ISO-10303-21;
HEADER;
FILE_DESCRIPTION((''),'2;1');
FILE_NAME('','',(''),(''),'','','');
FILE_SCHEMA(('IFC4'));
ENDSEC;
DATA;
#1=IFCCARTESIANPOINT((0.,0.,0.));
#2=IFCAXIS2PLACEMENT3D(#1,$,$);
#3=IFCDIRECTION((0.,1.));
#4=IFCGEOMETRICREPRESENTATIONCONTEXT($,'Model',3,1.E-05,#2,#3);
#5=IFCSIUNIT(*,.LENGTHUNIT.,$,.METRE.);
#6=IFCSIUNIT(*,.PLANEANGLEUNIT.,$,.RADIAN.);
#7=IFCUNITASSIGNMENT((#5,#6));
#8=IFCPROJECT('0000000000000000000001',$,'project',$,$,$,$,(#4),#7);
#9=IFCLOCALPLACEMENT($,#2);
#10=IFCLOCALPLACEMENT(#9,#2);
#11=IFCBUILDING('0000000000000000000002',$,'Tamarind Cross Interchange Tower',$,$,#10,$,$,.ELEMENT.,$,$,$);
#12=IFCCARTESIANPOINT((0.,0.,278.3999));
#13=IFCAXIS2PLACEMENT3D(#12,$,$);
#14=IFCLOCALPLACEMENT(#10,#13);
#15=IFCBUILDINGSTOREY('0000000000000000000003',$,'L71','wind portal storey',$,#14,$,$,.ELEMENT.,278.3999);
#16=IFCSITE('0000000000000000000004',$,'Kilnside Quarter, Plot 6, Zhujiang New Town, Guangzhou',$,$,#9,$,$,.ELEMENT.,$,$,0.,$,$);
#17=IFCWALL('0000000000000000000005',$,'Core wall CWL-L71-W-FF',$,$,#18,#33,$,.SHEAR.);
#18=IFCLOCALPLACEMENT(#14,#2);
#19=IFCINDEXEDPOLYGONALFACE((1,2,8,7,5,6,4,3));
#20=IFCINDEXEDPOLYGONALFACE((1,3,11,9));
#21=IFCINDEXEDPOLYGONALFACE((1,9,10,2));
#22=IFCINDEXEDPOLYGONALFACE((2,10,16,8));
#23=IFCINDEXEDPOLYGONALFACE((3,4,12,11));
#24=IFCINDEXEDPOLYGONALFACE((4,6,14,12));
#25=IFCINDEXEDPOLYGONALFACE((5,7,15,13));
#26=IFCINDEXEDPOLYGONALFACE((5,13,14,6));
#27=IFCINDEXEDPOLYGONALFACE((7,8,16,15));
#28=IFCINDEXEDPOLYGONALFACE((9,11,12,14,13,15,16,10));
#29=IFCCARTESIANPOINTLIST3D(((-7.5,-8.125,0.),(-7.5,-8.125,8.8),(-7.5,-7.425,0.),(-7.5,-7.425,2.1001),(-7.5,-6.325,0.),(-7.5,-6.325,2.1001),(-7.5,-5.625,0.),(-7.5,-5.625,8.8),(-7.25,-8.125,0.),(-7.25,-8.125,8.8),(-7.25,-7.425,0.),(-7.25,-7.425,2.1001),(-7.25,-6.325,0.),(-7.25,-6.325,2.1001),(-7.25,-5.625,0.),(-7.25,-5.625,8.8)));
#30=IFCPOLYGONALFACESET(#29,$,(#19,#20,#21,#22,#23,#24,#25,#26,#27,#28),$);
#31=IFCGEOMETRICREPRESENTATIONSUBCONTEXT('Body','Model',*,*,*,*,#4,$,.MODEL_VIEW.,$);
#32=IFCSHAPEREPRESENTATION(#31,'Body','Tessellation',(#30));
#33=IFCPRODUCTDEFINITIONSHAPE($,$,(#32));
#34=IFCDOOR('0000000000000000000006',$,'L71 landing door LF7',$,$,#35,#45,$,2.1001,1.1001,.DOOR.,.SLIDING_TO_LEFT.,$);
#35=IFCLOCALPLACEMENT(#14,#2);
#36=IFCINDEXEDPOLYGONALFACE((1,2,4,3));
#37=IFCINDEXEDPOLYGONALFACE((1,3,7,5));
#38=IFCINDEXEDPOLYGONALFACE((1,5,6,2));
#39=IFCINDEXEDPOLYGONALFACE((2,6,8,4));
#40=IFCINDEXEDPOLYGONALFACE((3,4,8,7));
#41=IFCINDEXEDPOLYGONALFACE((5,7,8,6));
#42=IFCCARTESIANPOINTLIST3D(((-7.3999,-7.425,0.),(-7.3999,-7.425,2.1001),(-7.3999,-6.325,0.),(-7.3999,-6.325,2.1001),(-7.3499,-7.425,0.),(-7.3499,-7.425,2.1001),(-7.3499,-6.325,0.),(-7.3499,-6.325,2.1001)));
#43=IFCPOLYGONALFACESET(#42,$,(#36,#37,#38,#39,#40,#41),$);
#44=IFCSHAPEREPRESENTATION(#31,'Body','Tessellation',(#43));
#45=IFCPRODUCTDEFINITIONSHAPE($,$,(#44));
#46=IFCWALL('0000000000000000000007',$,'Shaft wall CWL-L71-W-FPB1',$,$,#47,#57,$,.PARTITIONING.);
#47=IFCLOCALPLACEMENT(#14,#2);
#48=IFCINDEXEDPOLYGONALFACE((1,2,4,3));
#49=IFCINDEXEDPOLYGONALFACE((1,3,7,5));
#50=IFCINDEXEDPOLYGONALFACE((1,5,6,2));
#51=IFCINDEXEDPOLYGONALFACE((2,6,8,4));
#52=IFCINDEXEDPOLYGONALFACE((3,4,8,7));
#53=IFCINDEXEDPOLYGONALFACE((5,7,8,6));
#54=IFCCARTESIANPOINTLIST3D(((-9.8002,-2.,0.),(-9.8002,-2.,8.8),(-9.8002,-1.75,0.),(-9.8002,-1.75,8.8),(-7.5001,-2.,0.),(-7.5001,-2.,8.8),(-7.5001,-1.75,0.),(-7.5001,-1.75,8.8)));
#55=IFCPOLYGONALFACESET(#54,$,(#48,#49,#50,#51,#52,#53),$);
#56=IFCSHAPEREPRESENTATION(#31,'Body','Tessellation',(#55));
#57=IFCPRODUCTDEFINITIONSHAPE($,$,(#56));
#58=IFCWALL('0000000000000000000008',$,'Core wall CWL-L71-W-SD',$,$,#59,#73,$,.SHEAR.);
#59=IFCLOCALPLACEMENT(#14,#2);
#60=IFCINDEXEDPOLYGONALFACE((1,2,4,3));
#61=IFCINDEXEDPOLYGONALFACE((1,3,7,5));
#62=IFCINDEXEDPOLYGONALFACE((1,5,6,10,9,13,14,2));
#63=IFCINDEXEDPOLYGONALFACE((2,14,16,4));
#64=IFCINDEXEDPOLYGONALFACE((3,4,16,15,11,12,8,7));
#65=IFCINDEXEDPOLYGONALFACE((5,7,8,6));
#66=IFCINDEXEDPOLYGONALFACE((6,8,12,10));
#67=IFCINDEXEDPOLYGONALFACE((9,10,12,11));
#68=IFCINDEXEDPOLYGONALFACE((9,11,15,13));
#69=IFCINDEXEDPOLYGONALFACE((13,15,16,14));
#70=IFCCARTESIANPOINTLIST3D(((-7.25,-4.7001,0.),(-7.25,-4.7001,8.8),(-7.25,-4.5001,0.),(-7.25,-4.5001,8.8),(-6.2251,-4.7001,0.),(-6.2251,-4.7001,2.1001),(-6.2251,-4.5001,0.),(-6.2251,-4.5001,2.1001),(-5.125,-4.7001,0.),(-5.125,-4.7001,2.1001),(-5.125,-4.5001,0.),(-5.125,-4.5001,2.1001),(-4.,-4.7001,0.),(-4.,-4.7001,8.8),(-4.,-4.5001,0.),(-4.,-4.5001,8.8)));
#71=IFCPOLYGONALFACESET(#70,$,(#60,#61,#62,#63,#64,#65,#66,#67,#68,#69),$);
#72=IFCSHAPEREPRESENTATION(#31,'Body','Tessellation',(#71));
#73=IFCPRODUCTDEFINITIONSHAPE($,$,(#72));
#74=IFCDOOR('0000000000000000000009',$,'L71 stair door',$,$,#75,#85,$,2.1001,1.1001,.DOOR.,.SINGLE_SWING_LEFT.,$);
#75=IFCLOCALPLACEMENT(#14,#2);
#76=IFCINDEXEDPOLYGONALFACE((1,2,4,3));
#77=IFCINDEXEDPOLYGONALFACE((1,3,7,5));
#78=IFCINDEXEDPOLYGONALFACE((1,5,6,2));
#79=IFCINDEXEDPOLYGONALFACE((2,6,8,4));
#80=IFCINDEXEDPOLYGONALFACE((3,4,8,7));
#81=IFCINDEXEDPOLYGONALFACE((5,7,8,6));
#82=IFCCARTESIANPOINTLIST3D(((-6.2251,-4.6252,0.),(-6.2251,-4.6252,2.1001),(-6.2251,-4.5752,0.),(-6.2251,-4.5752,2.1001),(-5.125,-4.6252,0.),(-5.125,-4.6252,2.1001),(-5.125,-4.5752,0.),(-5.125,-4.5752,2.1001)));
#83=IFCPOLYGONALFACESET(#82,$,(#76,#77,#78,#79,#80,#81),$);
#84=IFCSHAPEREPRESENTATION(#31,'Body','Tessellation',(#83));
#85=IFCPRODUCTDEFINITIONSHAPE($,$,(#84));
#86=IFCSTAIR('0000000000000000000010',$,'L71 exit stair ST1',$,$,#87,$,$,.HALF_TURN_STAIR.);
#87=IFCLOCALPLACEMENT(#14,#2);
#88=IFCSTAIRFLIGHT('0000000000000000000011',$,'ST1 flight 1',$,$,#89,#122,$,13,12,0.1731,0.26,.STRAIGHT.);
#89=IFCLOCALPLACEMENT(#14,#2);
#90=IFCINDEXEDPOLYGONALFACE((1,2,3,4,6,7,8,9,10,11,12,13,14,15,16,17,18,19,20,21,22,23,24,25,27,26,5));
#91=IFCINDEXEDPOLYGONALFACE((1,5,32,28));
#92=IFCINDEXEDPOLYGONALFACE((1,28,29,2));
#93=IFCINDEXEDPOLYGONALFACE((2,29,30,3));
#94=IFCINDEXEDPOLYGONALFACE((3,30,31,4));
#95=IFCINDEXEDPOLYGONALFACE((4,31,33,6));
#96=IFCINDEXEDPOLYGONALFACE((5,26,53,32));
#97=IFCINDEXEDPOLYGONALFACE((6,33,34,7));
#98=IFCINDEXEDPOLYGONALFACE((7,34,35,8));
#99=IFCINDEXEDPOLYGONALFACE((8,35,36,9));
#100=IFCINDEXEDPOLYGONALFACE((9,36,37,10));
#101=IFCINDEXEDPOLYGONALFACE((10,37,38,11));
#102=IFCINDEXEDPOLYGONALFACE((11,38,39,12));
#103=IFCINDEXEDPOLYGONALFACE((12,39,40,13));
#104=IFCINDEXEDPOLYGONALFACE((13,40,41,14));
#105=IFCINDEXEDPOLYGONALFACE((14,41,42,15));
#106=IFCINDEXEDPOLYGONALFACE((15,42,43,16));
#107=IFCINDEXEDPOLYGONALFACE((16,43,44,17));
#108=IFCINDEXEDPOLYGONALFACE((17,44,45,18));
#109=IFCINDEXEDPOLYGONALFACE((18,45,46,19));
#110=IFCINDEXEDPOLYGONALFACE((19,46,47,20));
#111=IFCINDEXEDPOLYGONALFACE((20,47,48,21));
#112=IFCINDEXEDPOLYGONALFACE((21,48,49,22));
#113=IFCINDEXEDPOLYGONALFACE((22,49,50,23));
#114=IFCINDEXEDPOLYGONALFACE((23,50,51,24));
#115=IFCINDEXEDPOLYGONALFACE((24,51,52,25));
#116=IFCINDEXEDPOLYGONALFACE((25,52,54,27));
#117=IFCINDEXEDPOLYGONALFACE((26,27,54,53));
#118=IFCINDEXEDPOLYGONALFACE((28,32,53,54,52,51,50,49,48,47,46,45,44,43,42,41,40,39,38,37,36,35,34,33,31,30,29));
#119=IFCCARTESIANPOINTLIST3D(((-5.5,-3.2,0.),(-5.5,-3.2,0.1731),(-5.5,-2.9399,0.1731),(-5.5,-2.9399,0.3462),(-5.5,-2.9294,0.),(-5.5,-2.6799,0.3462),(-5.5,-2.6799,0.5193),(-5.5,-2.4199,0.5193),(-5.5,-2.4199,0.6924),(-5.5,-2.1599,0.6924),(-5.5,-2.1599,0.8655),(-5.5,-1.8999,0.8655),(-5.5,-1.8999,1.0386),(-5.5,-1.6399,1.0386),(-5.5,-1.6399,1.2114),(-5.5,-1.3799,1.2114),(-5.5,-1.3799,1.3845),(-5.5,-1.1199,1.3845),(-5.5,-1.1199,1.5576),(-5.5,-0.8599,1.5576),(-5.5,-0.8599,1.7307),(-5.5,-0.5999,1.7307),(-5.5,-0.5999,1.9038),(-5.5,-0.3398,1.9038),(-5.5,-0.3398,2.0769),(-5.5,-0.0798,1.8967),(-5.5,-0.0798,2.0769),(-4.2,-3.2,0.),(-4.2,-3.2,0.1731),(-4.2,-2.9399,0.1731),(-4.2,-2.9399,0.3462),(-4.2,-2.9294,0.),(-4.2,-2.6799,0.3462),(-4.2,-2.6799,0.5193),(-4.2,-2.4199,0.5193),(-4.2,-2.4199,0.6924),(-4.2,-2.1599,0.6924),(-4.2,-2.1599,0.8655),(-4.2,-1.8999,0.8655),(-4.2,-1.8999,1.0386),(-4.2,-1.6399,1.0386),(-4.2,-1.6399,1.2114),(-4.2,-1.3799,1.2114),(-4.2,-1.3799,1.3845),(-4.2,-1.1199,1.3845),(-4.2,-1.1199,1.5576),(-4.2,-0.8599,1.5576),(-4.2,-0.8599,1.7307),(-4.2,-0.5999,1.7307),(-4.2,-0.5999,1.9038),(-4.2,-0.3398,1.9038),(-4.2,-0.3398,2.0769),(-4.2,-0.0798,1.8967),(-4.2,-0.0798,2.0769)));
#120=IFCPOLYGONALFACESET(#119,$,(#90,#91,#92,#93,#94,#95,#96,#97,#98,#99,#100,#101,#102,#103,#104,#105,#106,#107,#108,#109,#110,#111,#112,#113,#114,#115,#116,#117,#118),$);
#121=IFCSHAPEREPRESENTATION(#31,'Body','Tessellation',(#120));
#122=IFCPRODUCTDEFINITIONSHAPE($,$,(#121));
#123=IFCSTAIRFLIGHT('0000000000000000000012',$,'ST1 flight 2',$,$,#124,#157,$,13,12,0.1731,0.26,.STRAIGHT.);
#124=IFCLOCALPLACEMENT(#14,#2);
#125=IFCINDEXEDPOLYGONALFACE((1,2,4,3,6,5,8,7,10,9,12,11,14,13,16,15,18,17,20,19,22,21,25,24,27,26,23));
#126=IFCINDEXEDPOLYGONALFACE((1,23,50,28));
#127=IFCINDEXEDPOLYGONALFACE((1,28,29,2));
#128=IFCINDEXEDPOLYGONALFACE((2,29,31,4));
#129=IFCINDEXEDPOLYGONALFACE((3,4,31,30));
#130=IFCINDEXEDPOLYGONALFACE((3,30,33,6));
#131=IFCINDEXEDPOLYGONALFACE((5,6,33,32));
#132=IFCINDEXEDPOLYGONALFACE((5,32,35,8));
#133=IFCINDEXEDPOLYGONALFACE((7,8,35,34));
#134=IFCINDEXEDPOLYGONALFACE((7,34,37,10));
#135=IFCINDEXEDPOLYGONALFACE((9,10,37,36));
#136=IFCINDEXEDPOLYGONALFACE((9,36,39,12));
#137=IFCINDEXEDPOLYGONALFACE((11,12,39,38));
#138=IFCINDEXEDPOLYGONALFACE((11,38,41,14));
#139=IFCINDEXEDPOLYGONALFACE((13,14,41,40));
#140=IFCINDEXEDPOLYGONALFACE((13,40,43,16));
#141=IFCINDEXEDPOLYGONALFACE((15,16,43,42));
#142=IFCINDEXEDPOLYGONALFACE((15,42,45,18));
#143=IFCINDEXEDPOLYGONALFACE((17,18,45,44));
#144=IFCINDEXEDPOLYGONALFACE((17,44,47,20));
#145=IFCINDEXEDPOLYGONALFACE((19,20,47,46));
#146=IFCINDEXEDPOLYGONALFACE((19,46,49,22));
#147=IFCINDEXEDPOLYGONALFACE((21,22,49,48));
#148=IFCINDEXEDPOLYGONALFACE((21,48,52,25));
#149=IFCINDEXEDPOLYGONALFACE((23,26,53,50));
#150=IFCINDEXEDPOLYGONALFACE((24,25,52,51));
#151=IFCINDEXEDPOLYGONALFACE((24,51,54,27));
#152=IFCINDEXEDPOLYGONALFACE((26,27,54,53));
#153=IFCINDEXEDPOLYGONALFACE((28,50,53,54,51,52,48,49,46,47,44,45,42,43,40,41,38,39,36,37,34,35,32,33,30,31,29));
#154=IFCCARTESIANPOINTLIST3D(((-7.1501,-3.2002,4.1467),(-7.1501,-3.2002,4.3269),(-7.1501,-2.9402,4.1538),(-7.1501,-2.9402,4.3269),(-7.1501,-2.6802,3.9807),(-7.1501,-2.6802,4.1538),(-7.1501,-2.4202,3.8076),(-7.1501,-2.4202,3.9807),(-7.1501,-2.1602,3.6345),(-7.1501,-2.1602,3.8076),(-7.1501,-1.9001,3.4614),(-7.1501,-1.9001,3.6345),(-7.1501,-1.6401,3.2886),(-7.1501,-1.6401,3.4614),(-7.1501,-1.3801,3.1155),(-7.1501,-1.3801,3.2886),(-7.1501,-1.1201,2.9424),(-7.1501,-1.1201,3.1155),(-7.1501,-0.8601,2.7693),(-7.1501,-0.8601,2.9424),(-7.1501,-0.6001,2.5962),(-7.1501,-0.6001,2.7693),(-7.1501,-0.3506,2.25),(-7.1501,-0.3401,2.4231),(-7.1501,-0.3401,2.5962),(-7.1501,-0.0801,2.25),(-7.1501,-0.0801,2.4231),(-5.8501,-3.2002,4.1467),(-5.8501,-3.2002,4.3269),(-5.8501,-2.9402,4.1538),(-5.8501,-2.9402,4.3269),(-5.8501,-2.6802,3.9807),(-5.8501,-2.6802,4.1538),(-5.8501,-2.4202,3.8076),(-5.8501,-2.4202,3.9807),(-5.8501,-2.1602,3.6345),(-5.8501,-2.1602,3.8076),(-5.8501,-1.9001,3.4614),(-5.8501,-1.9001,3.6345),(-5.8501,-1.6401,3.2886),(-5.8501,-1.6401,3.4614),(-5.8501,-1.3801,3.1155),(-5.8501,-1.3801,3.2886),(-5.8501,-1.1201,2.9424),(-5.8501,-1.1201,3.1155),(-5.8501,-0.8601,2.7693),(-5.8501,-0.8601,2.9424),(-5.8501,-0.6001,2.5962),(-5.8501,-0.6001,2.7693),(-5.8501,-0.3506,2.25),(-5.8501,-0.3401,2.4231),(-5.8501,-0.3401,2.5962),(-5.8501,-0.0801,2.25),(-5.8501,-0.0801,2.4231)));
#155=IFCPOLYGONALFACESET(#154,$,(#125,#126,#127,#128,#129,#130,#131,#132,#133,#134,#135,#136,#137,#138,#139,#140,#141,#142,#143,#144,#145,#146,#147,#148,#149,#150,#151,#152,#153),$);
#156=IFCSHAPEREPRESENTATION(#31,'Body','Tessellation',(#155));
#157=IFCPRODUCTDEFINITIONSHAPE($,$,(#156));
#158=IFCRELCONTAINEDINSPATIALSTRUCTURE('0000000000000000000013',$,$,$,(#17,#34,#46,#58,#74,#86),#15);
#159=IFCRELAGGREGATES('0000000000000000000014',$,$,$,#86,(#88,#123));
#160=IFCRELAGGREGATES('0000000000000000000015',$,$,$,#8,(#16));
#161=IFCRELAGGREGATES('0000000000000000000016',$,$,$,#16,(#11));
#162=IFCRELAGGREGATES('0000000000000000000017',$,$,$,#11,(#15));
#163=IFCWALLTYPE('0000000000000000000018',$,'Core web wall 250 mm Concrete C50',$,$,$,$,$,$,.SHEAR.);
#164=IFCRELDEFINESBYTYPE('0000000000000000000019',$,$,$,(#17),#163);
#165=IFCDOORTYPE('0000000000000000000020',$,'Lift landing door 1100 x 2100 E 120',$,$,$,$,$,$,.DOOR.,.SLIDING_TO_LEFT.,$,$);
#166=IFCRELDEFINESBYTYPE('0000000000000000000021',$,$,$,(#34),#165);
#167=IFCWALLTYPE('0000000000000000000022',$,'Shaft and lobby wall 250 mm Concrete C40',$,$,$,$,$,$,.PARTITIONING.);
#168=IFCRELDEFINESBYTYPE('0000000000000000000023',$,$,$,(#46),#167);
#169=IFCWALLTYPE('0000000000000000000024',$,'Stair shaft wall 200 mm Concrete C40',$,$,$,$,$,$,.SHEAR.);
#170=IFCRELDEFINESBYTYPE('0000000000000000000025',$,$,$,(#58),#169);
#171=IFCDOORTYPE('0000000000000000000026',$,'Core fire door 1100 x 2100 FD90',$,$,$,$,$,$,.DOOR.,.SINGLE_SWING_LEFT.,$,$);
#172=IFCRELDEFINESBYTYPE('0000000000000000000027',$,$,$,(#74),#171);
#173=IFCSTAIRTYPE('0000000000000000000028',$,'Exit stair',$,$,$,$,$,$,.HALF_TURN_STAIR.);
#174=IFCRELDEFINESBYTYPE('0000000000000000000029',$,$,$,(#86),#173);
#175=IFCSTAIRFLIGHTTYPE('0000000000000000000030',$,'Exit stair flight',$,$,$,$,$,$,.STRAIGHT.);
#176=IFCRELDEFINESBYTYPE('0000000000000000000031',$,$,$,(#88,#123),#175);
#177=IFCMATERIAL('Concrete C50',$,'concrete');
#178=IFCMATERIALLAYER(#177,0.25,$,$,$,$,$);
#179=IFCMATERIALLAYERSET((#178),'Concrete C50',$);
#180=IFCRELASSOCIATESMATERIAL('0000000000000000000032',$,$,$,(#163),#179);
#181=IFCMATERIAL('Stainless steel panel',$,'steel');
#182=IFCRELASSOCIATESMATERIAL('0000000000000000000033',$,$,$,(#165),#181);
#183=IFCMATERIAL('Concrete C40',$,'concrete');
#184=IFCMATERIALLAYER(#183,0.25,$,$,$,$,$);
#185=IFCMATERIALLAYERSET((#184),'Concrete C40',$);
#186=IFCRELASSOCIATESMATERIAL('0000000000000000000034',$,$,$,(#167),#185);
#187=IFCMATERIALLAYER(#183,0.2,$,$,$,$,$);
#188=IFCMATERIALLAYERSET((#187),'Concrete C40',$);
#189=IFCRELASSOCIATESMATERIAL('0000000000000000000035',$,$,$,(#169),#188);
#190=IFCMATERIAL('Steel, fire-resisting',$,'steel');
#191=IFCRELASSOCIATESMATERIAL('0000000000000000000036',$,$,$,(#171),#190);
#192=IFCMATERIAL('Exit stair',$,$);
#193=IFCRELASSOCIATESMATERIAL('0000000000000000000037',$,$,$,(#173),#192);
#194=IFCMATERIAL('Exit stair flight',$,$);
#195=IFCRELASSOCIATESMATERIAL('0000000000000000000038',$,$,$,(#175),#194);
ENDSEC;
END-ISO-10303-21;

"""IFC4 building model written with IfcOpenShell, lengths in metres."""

from ifc_helpers import new_model, si_unit, direction, frame, frame_2d, origin, place, context, subcontext, project, spatial, polyline, rectangle, outline, extrude, material, layer, layer_set, type_object, element, fill, aggregate, save


model = new_model("IFC4")

# Units and contexts
model_context = context("Model", 3, precision=1e-05, world=origin(), true_north=direction((0.0, 1.0)))
body_context = subcontext(model_context, "Body", "Model", "MODEL_VIEW")
ifc_project = project(units=[si_unit("LENGTHUNIT", "METRE"), si_unit("PLANEANGLEUNIT", "RADIAN")], contexts=[model_context])

# Site, building, storey
site_placement = place(None, origin())
site = spatial("IfcSite", under=ifc_project, at=site_placement, Name="Kilnside Quarter, Plot 6, Zhujiang New Town, Guangzhou", CompositionType="ELEMENT", RefElevation=0.0)
building_placement = place(site_placement, origin())
building = spatial("IfcBuilding", under=site, at=building_placement, Name="Tamarind Cross Interchange Tower", CompositionType="ELEMENT")
storey_placement = place(building_placement, frame((0.0, 0.0, 278.3999)))
storey = spatial("IfcBuildingStorey", under=building, at=storey_placement, Name="L71", Description="wind portal storey", CompositionType="ELEMENT", Elevation=278.3999)

# Shared definitions
ifc_material_1 = material(Name="Concrete C50", Category="concrete")
ifc_material_2 = material(Name="Steel, fire-resisting", Category="steel")

# Wall, opening, door
ifc_layer_1 = layer(ifc_material_1, 0.25)
ifc_layer_set_1 = layer_set([ifc_layer_1], Name="Concrete C50")
wall_type_1 = type_object("IfcWallType", Name="Core web wall 250 mm Concrete C50", PredefinedType="SHEAR", material=ifc_layer_set_1)
wall_1_placement = place(storey_placement, frame((-7.375, -8.125, 0.0), z_axis=(0.0, 0.0, 1.0), x_axis=(0.0, 1.0, 0.0)))
wall_1 = element("IfcWall", 1, at=wall_1_placement, inside=storey, type_object=wall_type_1, Name="Core wall CWL-L71-W-FF", PredefinedType="SHEAR", context=body_context, shape_type="SweptSolid", body=[
    extrude(rectangle(XDim=2.5, YDim=0.25, at=frame_2d((1.25, 0.0))), origin(), (0.0, 0.0, 1.0), 8.8),
])
opening_1_placement = place(wall_1_placement, frame((0.7, 0.0, 0.0)))
opening_1 = element("IfcOpeningElement", 2, at=opening_1_placement, cuts=wall_1, PredefinedType="OPENING", context=body_context, shape_type="SweptSolid", body=[
    extrude(rectangle(XDim=1.1001, YDim=2.1001, at=frame_2d((0.55, 1.05))), frame((0.0, 0.135, 0.0), z_axis=(0.0, -1.0, 0.0), x_axis=(1.0, 0.0, 0.0)), (0.0, 0.0, 1.0), 0.27),
])
ifc_material_3 = material(Name="Stainless steel panel", Category="steel")
door_type_1 = type_object("IfcDoorType", Name="Lift landing door 1100 x 2100 E 120", OperationType="SLIDING_TO_LEFT", PredefinedType="DOOR", material=ifc_material_3)
door_1_placement = place(opening_1_placement, origin())
door_1 = element("IfcDoor", 3, at=door_1_placement, inside=storey, type_object=door_type_1, Name="L71 landing door LF7", OperationType="SLIDING_TO_LEFT", OverallHeight=2.1001, OverallWidth=1.1001, PredefinedType="DOOR", context=body_context, shape_type="SweptSolid", body=[
    extrude(rectangle(XDim=1.1001, YDim=2.1001, at=frame_2d((0.55, 1.05))), frame((0.0, 0.0249, 0.0), z_axis=(0.0, -1.0, 0.0), x_axis=(1.0, 0.0, 0.0)), (0.0, 0.0, 1.0), 0.05),
])
fill(opening_1, door_1)

# Wall
ifc_material_4 = material(Name="Concrete C40", Category="concrete")
ifc_layer_2 = layer(ifc_material_4, 0.25)
ifc_layer_set_2 = layer_set([ifc_layer_2], Name="Concrete C40")
wall_type_2 = type_object("IfcWallType", Name="Shaft and lobby wall 250 mm Concrete C40", PredefinedType="PARTITIONING", material=ifc_layer_set_2)
wall_2_placement = place(storey_placement, frame((-9.8, -1.875, 0.0), z_axis=(0.0, 0.0, 1.0), x_axis=(1.0, 0.0, 0.0)))
element("IfcWall", 4, at=wall_2_placement, inside=storey, type_object=wall_type_2, Name="Shaft wall CWL-L71-W-FPB1", PredefinedType="PARTITIONING", context=body_context, shape_type="SweptSolid", body=[
    extrude(rectangle(XDim=2.3, YDim=0.25, at=frame_2d((1.1499, 0.0))), origin(), (0.0, 0.0, 1.0), 8.8),
])

# Wall, opening, door
ifc_layer_3 = layer(ifc_material_4, 0.2)
ifc_layer_set_3 = layer_set([ifc_layer_3], Name="Concrete C40")
wall_type_3 = type_object("IfcWallType", Name="Stair shaft wall 200 mm Concrete C40", PredefinedType="SHEAR", material=ifc_layer_set_3)
wall_3_placement = place(storey_placement, frame((-7.25, -4.6001, 0.0), z_axis=(0.0, 0.0, 1.0), x_axis=(1.0, 0.0, 0.0)))
wall_3 = element("IfcWall", 5, at=wall_3_placement, inside=storey, type_object=wall_type_3, Name="Core wall CWL-L71-W-SD", PredefinedType="SHEAR", context=body_context, shape_type="SweptSolid", body=[
    extrude(rectangle(XDim=3.25, YDim=0.2, at=frame_2d((1.625, 0.0))), origin(), (0.0, 0.0, 1.0), 8.8),
])
opening_2_placement = place(wall_3_placement, frame((1.0249, 0.0, 0.0)))
opening_2 = element("IfcOpeningElement", 6, at=opening_2_placement, cuts=wall_3, PredefinedType="OPENING", context=body_context, shape_type="SweptSolid", body=[
    extrude(rectangle(XDim=1.1001, YDim=2.1001, at=frame_2d((0.55, 1.05))), frame((0.0, 0.1099, 0.0), z_axis=(0.0, -1.0, 0.0), x_axis=(1.0, 0.0, 0.0)), (0.0, 0.0, 1.0), 0.22),
])
door_type_2 = type_object("IfcDoorType", Name="Core fire door 1100 x 2100 FD90", OperationType="SINGLE_SWING_LEFT", PredefinedType="DOOR", material=ifc_material_2)
door_2_placement = place(opening_2_placement, origin())
door_2 = element("IfcDoor", 7, at=door_2_placement, inside=storey, type_object=door_type_2, Name="L71 stair door", OperationType="SINGLE_SWING_LEFT", OverallHeight=2.1001, OverallWidth=1.1001, PredefinedType="DOOR", context=body_context, shape_type="SweptSolid", body=[
    extrude(rectangle(XDim=1.1001, YDim=2.1001, at=frame_2d((0.55, 1.05))), frame((0.0, 0.0249, 0.0), z_axis=(0.0, -1.0, 0.0), x_axis=(1.0, 0.0, 0.0)), (0.0, 0.0, 1.0), 0.05),
])
fill(opening_2, door_2)

# Stair, stair flights
ifc_material_5 = material(Name="Exit stair")
stair_type = type_object("IfcStairType", Name="Exit stair", PredefinedType="HALF_TURN_STAIR", material=ifc_material_5)
stair_placement = place(storey_placement, origin())
stair = element("IfcStair", 8, at=stair_placement, inside=storey, type_object=stair_type, Name="L71 exit stair ST1", PredefinedType="HALF_TURN_STAIR")
ifc_material_6 = material(Name="Exit stair flight")
stair_flight_type = type_object("IfcStairFlightType", Name="Exit stair flight", PredefinedType="STRAIGHT", material=ifc_material_6)
stair_flight_1_placement = place(storey_placement, frame((-4.8501, -3.2, 0.0), z_axis=(0.0, 0.0, 1.0), x_axis=(0.0, 1.0, 0.0)))
stair_flight_1 = element("IfcStairFlight", 9, at=stair_flight_1_placement, type_object=stair_flight_type, Name="ST1 flight 1", NumberOfRisers=13, NumberOfTreads=12, PredefinedType="STRAIGHT", RiserHeight=0.1731, TreadLength=0.26, context=body_context, shape_type="SweptSolid", body=[
    extrude(outline(polyline([(0.0, 0.0), (0.0, 0.1731), (0.26, 0.1731), (0.26, 0.3462), (0.52, 0.3462), (0.52, 0.5193), (0.78, 0.5193), (0.78, 0.6924), (1.04, 0.6924), (1.04, 0.8655), (1.3, 0.8655), (1.3, 1.0386), (1.5601, 1.0386), (1.5601, 1.2114), (1.8201, 1.2114), (1.8201, 1.3845), (2.0801, 1.3845), (2.0801, 1.5576), (2.3401, 1.5576), (2.3401, 1.7307), (2.6001, 1.7307), (2.6001, 1.9038), (2.8601, 1.9038), (2.8601, 2.0769), (3.1201, 2.0769), (3.1201, 2.25), (3.1201, 1.8967), (0.2705, 0.0), (0.0, 0.0)])), frame((0.0, 0.6499, 0.0), z_axis=(0.0, -1.0, 0.0), x_axis=(1.0, 0.0, 0.0)), (0.0, 0.0, 1.0), 1.3),
])
stair_flight_2_placement = place(storey_placement, frame((-6.5, -0.0801, 2.25), z_axis=(0.0, 0.0, 1.0), x_axis=(0.0, -1.0, 0.0)))
stair_flight_2 = element("IfcStairFlight", 10, at=stair_flight_2_placement, type_object=stair_flight_type, Name="ST1 flight 2", NumberOfRisers=13, NumberOfTreads=12, PredefinedType="STRAIGHT", RiserHeight=0.1731, TreadLength=0.26, context=body_context, shape_type="SweptSolid", body=[
    extrude(outline(polyline([(0.0, 0.0), (0.0, 0.1731), (0.26, 0.1731), (0.26, 0.3462), (0.52, 0.3462), (0.52, 0.5193), (0.78, 0.5193), (0.78, 0.6924), (1.04, 0.6924), (1.04, 0.8655), (1.3, 0.8655), (1.3, 1.0386), (1.5601, 1.0386), (1.5601, 1.2114), (1.8201, 1.2114), (1.8201, 1.3845), (2.0801, 1.3845), (2.0801, 1.5576), (2.3401, 1.5576), (2.3401, 1.7307), (2.6001, 1.7307), (2.6001, 1.9038), (2.8601, 1.9038), (2.8601, 2.0769), (3.1201, 2.0769), (3.1201, 2.25), (3.1201, 1.8967), (0.2705, 0.0), (0.0, 0.0)])), frame((0.0, 0.6499, 0.0), z_axis=(0.0, -1.0, 0.0), x_axis=(1.0, 0.0, 0.0)), (0.0, 0.0, 1.0), 1.3),
])
aggregate(stair, [stair_flight_1, stair_flight_2])

save(model, "model.ifc")
